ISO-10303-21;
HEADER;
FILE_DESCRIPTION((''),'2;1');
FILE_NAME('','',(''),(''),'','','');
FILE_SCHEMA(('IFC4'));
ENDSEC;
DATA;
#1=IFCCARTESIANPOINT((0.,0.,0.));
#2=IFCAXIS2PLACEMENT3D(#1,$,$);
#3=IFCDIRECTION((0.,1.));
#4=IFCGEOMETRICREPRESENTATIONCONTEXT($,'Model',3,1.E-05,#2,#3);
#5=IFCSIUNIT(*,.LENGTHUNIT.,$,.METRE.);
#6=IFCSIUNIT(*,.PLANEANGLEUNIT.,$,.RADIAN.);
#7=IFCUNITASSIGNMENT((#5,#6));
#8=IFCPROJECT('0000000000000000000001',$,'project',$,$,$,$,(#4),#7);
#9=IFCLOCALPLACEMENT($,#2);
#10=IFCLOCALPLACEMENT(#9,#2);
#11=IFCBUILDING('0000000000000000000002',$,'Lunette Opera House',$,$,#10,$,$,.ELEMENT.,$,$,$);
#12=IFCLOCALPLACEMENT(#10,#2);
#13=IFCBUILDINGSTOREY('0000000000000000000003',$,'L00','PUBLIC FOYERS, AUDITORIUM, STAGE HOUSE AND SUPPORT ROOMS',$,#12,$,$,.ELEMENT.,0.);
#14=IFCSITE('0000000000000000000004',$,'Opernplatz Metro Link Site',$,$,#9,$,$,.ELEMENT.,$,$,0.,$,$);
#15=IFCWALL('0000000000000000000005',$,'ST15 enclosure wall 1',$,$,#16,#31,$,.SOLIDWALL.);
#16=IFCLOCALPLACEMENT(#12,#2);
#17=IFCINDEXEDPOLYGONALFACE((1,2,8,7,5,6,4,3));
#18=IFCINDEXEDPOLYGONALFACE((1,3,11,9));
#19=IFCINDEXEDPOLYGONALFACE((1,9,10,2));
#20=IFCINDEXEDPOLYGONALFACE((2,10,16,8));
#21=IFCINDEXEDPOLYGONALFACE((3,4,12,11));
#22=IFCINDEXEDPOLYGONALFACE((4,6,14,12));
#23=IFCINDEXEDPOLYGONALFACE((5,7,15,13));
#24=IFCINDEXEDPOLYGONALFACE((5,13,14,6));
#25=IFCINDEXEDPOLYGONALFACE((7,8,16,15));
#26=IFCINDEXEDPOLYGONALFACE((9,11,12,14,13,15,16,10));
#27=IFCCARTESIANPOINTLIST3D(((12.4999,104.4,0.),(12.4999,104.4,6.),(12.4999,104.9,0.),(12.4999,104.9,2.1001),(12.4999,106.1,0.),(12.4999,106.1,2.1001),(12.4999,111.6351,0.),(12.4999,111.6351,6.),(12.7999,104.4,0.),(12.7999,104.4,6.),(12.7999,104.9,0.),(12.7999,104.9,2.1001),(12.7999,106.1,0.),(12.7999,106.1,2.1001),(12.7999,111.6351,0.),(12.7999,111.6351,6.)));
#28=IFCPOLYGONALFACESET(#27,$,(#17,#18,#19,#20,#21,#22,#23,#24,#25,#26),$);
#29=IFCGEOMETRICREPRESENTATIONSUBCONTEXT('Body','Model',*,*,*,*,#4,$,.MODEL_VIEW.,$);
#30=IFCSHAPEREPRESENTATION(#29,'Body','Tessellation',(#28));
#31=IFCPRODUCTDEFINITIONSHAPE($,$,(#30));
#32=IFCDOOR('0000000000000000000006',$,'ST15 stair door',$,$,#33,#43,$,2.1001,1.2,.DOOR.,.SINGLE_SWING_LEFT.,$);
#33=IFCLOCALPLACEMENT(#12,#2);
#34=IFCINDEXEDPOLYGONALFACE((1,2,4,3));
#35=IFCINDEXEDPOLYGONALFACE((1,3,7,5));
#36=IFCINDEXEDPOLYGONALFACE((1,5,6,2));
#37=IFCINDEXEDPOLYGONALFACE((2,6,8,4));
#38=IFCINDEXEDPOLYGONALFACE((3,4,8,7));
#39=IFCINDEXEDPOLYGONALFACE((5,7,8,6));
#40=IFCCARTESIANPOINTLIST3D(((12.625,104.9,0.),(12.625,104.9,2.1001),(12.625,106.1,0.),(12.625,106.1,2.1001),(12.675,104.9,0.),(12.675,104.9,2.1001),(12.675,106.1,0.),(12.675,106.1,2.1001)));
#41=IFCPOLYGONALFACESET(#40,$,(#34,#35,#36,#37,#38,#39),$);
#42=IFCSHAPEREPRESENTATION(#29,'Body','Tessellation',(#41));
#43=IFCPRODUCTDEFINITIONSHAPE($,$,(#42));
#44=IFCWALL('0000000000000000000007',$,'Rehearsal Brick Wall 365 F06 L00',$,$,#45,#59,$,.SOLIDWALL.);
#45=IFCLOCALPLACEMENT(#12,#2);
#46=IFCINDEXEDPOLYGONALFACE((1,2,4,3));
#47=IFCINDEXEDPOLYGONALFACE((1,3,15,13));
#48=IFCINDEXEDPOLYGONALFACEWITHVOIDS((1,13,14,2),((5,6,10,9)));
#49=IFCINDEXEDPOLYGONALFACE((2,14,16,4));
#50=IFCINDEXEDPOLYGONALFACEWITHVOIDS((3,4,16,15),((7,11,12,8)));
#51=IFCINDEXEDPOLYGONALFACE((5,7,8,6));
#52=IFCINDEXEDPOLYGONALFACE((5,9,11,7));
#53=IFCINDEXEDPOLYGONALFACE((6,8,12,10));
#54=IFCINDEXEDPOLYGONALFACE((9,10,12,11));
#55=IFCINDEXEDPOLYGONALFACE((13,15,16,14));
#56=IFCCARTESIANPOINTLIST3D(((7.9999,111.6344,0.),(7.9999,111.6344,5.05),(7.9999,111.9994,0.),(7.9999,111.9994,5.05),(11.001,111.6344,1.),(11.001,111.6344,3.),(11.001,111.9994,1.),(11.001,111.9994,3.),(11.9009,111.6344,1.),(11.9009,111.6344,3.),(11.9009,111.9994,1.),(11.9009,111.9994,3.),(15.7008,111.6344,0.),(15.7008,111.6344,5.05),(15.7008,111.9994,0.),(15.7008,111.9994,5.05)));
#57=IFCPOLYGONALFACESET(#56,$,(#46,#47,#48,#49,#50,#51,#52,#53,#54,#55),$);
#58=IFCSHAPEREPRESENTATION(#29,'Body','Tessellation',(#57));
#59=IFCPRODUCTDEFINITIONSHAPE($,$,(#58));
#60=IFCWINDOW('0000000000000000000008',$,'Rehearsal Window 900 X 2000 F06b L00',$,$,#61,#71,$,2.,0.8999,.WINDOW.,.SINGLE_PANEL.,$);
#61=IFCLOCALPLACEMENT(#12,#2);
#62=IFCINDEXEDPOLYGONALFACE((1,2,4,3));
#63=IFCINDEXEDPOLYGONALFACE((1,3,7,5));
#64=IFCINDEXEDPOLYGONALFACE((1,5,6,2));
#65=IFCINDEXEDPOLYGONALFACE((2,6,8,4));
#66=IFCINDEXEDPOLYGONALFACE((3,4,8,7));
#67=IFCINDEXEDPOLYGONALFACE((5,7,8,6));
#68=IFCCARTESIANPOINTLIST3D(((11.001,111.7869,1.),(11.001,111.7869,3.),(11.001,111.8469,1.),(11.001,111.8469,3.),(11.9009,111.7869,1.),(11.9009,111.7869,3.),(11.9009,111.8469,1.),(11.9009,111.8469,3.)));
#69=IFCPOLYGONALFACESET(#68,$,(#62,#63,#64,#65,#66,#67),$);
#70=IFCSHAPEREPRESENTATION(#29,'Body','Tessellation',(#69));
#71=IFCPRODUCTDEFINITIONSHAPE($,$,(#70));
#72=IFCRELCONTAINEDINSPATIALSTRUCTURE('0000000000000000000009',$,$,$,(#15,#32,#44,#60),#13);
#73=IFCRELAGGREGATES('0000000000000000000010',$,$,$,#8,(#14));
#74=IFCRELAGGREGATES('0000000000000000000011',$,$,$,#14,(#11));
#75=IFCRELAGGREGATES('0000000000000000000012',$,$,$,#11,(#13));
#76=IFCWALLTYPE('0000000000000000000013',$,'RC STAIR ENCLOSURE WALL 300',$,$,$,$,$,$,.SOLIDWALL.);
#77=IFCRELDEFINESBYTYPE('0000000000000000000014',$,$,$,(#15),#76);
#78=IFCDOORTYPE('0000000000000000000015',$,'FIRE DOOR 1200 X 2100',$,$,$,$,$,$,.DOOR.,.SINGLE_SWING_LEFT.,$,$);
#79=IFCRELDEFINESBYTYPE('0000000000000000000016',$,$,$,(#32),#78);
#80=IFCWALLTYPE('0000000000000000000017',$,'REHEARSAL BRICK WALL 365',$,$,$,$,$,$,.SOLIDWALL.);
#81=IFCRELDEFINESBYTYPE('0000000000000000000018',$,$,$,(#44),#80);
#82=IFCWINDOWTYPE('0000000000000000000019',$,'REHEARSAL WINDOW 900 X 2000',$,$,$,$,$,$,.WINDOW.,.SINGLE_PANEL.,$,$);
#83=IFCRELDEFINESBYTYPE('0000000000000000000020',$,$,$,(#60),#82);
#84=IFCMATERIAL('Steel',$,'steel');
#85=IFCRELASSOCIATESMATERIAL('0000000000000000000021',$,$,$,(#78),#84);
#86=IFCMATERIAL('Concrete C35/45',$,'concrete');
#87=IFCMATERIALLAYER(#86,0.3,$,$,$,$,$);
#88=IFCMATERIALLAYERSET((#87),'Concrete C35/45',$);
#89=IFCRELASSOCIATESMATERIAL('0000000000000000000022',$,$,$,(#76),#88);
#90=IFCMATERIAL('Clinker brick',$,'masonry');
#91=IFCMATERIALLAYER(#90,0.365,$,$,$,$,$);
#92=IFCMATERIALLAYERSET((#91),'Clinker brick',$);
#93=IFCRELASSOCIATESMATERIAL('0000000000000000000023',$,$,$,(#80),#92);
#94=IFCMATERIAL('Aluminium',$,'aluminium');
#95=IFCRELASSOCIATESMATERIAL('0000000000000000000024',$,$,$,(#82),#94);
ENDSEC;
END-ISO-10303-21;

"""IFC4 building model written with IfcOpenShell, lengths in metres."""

from ifc_helpers import new_model, si_unit, direction, frame, frame_2d, origin, place, context, subcontext, project, spatial, rectangle, extrude, material, layer, layer_set, type_object, element, fill, save


model = new_model("IFC4")

# Units and contexts
model_context = context("Model", 3, precision=1e-05, world=origin(), true_north=direction((0.0, 1.0)))
body_context = subcontext(model_context, "Body", "Model", "MODEL_VIEW")
ifc_project = project(units=[si_unit("LENGTHUNIT", "METRE"), si_unit("PLANEANGLEUNIT", "RADIAN")], contexts=[model_context])

# Site, building, storey
site_placement = place(None, origin())
site = spatial("IfcSite", under=ifc_project, at=site_placement, Name="Opernplatz Metro Link Site", CompositionType="ELEMENT", RefElevation=0.0)
building_placement = place(site_placement, origin())
building = spatial("IfcBuilding", under=site, at=building_placement, Name="Lunette Opera House", CompositionType="ELEMENT")
storey_placement = place(building_placement, origin())
storey = spatial("IfcBuildingStorey", under=building, at=storey_placement, Name="L00", Description="PUBLIC FOYERS, AUDITORIUM, STAGE HOUSE AND SUPPORT ROOMS", CompositionType="ELEMENT", Elevation=0.0)

# Shared definitions
ifc_material_1 = material(Name="Steel", Category="steel")
door_type_1 = type_object("IfcDoorType", Name="FIRE DOOR 1200 X 2100", OperationType="SINGLE_SWING_LEFT", PredefinedType="DOOR", material=ifc_material_1)

# Wall, opening, door
ifc_material_2 = material(Name="Concrete C35/45", Category="concrete")
ifc_layer_1 = layer(ifc_material_2, 0.3)
ifc_layer_set_1 = layer_set([ifc_layer_1], Name="Concrete C35/45")
wall_type_1 = type_object("IfcWallType", Name="RC STAIR ENCLOSURE WALL 300", PredefinedType="SOLIDWALL", material=ifc_layer_set_1)
wall_1_placement = place(storey_placement, frame((12.6499, 104.3999, 0.0), z_axis=(0.0, 0.0, 1.0), x_axis=(0.0, 1.0, 0.0)))
wall_1 = element("IfcWall", 1, at=wall_1_placement, inside=storey, type_object=wall_type_1, Name="ST15 enclosure wall 1", PredefinedType="SOLIDWALL", context=body_context, shape_type="SweptSolid", body=[
    extrude(rectangle(XDim=7.2351, YDim=0.3, at=frame_2d((3.6177, 0.0))), origin(), (0.0, 0.0, 1.0), 6.0),
])
opening_1_placement = place(wall_1_placement, frame((0.5, 0.0, 0.0)))
opening_1 = element("IfcOpeningElement", 2, at=opening_1_placement, cuts=wall_1, PredefinedType="OPENING", context=body_context, shape_type="SweptSolid", body=[
    extrude(rectangle(XDim=1.2, YDim=2.1001, at=frame_2d((0.6001, 1.05))), frame((0.0, 0.1621, 0.0), z_axis=(0.0, -1.0, 0.0), x_axis=(1.0, 0.0, 0.0)), (0.0, 0.0, 1.0), 0.324),
])
door_1_placement = place(opening_1_placement, origin())
door_1 = element("IfcDoor", 3, at=door_1_placement, inside=storey, type_object=door_type_1, Name="ST15 stair door", OperationType="SINGLE_SWING_LEFT", OverallHeight=2.1001, OverallWidth=1.2, PredefinedType="DOOR", context=body_context, shape_type="SweptSolid", body=[
    extrude(rectangle(XDim=1.2, YDim=2.1001, at=frame_2d((0.6001, 1.05))), frame((0.0, 0.0249, 0.0), z_axis=(0.0, -1.0, 0.0), x_axis=(1.0, 0.0, 0.0)), (0.0, 0.0, 1.0), 0.05),
])
fill(opening_1, door_1)

# Wall, opening, window
ifc_material_3 = material(Name="Clinker brick", Category="masonry")
ifc_layer_2 = layer(ifc_material_3, 0.365)
ifc_layer_set_2 = layer_set([ifc_layer_2], Name="Clinker brick")
wall_type_2 = type_object("IfcWallType", Name="REHEARSAL BRICK WALL 365", PredefinedType="SOLIDWALL", material=ifc_layer_set_2)
wall_2_placement = place(storey_placement, frame((15.7009, 111.8169, 0.0), z_axis=(0.0, 0.0, 1.0), x_axis=(-1.0, 0.0, 0.0)))
wall_2 = element("IfcWall", 4, at=wall_2_placement, inside=storey, type_object=wall_type_2, Name="Rehearsal Brick Wall 365 F06 L00", PredefinedType="SOLIDWALL", context=body_context, shape_type="SweptSolid", body=[
    extrude(rectangle(XDim=7.7009, YDim=0.365, at=frame_2d((3.8506, 0.0))), origin(), (0.0, 0.0, 1.0), 5.05),
])
opening_2_placement = place(wall_2_placement, frame((3.8, 0.0, 1.0)))
opening_2 = element("IfcOpeningElement", 5, at=opening_2_placement, cuts=wall_2, PredefinedType="OPENING", context=body_context, shape_type="SweptSolid", body=[
    extrude(rectangle(XDim=0.8999, YDim=2.0, at=frame_2d((0.45, 1.0))), frame((0.0, 0.1946, 0.0), z_axis=(0.0, -1.0, 0.0), x_axis=(1.0, 0.0, 0.0)), (0.0, 0.0, 1.0), 0.3889),
])
ifc_material_4 = material(Name="Aluminium", Category="aluminium")
window_type = type_object("IfcWindowType", Name="REHEARSAL WINDOW 900 X 2000", PartitioningType="SINGLE_PANEL", PredefinedType="WINDOW", material=ifc_material_4)
window_placement = place(opening_2_placement, origin())
window = element("IfcWindow", 6, at=window_placement, inside=storey, type_object=window_type, Name="Rehearsal Window 900 X 2000 F06b L00", OverallHeight=2.0, OverallWidth=0.8999, PartitioningType="SINGLE_PANEL", PredefinedType="WINDOW", context=body_context, shape_type="SweptSolid", body=[
    extrude(rectangle(XDim=0.8999, YDim=2.0, at=frame_2d((0.45, 1.0))), frame((0.0, 0.03, 0.0), z_axis=(0.0, -1.0, 0.0), x_axis=(1.0, 0.0, 0.0)), (0.0, 0.0, 1.0), 0.0601),
])
fill(opening_2, window)

save(model, "model.ifc")
